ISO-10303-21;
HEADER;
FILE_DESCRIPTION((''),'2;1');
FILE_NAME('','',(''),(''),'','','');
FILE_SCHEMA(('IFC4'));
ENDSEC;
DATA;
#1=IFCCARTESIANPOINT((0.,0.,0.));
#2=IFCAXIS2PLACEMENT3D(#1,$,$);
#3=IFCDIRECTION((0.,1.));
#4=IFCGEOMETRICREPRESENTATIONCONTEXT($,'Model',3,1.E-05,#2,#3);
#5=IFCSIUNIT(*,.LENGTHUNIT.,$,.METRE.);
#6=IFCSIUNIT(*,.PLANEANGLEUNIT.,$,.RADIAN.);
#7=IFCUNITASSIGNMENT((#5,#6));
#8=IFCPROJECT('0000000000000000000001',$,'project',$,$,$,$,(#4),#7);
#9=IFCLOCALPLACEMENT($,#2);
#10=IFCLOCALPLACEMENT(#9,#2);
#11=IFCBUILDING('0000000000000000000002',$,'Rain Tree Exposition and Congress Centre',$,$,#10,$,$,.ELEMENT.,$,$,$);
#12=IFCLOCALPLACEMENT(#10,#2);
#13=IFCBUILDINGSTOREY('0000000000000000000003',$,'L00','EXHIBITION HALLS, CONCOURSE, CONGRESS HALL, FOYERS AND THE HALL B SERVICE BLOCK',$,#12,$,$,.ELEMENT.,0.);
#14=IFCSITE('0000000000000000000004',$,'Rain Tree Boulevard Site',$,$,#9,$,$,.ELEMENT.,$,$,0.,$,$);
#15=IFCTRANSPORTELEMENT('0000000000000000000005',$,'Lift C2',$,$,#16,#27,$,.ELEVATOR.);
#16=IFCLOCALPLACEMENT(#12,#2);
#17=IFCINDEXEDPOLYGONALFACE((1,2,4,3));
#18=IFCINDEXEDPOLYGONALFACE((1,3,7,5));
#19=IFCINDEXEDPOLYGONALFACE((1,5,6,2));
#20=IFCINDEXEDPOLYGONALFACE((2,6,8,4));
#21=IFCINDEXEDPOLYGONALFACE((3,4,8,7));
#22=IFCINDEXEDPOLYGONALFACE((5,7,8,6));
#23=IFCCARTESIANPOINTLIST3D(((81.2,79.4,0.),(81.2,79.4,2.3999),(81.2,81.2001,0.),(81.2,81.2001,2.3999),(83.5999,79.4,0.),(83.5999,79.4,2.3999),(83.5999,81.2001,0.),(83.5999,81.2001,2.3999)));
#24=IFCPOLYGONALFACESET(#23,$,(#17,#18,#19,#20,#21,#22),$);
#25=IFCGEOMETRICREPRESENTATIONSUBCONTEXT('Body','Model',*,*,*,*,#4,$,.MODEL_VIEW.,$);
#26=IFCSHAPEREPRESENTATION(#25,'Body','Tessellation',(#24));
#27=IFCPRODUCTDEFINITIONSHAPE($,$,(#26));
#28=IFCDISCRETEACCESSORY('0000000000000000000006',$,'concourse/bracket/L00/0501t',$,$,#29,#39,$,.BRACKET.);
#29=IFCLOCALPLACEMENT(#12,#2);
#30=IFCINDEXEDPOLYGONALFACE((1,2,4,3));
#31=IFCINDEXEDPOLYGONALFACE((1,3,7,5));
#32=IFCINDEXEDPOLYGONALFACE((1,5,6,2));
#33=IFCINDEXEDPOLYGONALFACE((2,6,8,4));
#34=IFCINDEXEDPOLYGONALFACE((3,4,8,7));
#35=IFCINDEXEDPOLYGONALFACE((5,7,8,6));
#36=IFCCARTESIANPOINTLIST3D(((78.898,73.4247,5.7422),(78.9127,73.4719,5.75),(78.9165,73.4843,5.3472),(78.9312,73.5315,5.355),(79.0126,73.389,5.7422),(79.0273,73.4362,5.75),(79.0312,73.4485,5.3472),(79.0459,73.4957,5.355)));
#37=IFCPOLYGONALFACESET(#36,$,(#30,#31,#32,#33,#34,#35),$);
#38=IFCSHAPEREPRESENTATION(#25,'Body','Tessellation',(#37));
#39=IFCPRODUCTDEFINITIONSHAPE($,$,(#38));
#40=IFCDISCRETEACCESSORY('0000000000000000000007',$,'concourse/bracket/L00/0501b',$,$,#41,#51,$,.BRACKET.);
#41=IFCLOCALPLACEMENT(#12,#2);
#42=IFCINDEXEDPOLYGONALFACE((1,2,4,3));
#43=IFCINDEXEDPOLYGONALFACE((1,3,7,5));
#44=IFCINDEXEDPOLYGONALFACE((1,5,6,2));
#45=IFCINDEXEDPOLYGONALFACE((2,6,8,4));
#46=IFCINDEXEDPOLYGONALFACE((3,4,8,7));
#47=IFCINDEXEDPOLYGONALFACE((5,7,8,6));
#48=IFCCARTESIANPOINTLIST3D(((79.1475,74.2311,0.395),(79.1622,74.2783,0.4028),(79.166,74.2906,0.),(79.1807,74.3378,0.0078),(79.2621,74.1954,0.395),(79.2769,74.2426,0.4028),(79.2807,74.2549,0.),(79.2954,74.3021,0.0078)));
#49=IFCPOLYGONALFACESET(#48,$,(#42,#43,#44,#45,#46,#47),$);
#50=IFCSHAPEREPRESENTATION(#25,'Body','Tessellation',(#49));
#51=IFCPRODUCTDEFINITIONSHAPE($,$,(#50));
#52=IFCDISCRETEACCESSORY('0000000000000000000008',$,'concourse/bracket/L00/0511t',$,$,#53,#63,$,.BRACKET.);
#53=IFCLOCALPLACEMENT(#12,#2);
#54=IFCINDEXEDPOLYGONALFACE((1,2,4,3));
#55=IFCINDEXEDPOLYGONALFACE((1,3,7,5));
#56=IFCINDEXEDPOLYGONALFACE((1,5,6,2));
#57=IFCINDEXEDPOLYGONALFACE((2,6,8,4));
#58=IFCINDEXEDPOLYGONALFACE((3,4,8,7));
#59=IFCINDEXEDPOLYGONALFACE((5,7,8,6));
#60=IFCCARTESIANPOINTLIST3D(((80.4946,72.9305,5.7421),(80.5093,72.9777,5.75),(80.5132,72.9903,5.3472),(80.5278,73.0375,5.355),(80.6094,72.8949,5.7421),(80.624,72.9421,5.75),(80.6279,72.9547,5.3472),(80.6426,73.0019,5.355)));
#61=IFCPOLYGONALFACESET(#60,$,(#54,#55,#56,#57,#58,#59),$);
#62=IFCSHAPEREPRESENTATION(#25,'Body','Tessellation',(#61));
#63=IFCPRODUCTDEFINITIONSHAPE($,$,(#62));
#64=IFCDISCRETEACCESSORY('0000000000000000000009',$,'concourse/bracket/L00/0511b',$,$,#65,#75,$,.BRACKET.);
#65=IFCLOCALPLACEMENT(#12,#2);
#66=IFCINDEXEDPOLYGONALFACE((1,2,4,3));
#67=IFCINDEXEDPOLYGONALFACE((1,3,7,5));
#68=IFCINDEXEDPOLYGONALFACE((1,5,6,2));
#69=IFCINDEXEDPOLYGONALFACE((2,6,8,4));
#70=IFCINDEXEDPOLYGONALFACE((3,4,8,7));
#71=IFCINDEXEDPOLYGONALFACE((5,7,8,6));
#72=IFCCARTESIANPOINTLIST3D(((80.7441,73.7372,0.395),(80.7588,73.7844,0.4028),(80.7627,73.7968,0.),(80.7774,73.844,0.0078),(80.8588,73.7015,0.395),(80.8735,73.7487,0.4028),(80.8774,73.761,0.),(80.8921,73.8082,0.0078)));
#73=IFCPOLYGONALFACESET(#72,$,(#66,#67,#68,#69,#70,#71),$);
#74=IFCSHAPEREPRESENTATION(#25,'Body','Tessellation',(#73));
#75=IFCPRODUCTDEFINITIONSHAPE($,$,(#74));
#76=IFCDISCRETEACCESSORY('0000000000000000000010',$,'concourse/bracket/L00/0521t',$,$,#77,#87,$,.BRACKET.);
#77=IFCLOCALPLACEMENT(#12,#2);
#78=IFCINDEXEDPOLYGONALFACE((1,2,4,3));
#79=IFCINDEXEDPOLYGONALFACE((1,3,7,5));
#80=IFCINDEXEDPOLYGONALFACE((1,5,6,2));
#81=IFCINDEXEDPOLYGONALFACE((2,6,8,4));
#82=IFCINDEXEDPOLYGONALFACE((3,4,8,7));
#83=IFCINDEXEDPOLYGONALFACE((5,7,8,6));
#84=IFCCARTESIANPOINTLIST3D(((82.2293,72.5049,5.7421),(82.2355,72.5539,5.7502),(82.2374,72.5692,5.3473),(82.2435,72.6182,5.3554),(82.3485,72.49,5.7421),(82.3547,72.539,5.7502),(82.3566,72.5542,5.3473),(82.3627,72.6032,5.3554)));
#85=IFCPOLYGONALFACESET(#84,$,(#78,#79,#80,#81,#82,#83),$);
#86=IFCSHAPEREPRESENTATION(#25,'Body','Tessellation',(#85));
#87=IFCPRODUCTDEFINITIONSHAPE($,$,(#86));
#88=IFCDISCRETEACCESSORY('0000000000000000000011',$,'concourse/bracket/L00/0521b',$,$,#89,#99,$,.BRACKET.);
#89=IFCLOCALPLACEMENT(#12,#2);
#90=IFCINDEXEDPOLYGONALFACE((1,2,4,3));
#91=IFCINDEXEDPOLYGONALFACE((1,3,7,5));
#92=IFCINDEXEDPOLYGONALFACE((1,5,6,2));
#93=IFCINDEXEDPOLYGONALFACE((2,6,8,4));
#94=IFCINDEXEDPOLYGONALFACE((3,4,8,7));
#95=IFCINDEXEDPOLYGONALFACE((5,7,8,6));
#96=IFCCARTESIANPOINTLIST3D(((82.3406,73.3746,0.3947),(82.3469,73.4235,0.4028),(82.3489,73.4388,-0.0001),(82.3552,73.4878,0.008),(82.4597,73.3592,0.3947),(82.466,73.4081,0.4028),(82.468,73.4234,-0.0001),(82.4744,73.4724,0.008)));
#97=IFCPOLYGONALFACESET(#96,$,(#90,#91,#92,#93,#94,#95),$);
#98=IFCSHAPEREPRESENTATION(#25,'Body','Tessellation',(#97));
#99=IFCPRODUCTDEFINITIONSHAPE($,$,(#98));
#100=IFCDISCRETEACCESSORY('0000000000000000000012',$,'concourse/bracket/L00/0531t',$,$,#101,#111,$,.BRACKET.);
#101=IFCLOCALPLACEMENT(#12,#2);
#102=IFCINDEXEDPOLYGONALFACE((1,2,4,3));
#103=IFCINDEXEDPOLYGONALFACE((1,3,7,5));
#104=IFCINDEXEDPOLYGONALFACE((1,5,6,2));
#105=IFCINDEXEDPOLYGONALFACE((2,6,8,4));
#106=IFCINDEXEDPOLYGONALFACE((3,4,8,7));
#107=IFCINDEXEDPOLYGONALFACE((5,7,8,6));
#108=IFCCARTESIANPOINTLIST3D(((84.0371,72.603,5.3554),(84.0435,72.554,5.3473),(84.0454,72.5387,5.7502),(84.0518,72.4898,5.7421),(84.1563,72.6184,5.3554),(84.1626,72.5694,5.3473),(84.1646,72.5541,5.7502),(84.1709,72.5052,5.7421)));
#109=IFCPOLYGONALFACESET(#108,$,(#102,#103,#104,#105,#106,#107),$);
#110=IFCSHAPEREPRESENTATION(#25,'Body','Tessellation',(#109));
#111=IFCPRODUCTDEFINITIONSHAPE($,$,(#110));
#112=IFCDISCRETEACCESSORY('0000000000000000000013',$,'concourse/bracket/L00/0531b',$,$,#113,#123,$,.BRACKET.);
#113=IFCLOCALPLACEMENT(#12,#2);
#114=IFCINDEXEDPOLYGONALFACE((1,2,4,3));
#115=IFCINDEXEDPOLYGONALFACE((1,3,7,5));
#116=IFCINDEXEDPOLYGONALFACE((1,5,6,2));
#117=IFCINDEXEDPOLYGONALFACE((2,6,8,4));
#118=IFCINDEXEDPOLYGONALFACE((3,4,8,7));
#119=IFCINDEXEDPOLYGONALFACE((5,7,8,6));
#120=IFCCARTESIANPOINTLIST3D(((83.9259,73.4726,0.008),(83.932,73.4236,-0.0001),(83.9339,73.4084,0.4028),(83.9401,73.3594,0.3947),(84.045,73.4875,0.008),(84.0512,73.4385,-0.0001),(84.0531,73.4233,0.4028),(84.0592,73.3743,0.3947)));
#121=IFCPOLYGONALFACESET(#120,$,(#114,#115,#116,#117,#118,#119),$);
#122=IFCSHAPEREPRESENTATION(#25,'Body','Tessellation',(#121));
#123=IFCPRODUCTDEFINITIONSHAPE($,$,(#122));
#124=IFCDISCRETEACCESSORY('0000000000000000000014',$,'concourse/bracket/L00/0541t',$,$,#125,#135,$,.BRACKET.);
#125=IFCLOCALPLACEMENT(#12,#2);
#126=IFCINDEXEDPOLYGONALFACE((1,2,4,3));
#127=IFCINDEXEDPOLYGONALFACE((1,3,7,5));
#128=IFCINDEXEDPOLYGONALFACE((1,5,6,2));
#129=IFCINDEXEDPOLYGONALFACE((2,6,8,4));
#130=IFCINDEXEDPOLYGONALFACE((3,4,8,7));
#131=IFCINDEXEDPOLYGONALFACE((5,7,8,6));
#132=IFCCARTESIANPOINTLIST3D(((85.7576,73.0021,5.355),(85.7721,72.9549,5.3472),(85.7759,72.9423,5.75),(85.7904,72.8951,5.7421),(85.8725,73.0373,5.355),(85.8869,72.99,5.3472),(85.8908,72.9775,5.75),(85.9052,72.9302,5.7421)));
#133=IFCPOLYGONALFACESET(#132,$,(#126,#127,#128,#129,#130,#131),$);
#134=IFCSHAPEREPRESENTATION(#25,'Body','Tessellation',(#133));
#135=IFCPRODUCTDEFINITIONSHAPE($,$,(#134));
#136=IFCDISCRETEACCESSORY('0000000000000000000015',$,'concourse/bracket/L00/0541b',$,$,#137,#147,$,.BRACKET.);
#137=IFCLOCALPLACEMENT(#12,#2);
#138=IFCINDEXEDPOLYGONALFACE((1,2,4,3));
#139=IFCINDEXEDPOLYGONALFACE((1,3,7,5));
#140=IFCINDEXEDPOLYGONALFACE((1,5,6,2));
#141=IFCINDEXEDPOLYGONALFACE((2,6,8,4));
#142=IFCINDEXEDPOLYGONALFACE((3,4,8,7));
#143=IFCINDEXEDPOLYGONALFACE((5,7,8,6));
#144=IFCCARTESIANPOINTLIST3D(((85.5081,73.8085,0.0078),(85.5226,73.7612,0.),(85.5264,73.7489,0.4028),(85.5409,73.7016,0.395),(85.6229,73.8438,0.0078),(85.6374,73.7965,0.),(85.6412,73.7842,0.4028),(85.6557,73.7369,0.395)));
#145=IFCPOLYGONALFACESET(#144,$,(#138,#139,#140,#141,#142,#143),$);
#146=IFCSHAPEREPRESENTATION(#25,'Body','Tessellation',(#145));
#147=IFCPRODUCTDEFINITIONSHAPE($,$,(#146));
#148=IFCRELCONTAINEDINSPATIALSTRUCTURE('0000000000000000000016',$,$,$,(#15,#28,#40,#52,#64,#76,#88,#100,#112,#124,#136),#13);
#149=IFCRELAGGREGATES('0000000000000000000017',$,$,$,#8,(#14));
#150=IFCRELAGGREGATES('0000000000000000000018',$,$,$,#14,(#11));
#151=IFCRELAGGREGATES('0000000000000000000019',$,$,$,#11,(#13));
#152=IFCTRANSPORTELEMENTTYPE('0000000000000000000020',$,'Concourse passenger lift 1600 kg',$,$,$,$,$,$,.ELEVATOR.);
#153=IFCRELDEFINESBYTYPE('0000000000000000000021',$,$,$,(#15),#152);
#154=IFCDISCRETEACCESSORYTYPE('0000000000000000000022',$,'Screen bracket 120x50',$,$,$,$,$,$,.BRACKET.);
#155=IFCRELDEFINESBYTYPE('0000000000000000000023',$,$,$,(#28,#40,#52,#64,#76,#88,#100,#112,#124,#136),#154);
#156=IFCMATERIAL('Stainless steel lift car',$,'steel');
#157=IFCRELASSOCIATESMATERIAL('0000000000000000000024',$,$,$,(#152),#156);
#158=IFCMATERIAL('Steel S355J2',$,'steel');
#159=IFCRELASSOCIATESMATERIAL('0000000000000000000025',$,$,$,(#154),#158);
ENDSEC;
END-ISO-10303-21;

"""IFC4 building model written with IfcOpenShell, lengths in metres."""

from ifc_helpers import new_model, si_unit, direction, frame, origin, origin_2d, place, context, subcontext, project, spatial, rectangle, extrude, material, material_profile, profile_set, type_object, element, save


model = new_model("IFC4")

# Units and contexts
model_context = context("Model", 3, precision=1e-05, world=origin(), true_north=direction((0.0, 1.0)))
body_context = subcontext(model_context, "Body", "Model", "MODEL_VIEW")
ifc_project = project(units=[si_unit("LENGTHUNIT", "METRE"), si_unit("PLANEANGLEUNIT", "RADIAN")], contexts=[model_context])

# Site, building, storey
site_placement = place(None, origin())
site = spatial("IfcSite", under=ifc_project, at=site_placement, Name="Rain Tree Boulevard Site", CompositionType="ELEMENT", RefElevation=0.0)
building_placement = place(site_placement, origin())
building = spatial("IfcBuilding", under=site, at=building_placement, Name="Rain Tree Exposition and Congress Centre", CompositionType="ELEMENT")
storey_placement = place(building_placement, origin())
storey = spatial("IfcBuildingStorey", under=building, at=storey_placement, Name="L00", Description="EXHIBITION HALLS, CONCOURSE, CONGRESS HALL, FOYERS AND THE HALL B SERVICE BLOCK", CompositionType="ELEMENT", Elevation=0.0)

# Transport element
ifc_material_1 = material(Name="Stainless steel lift car", Category="steel")
transport_element_type = type_object("IfcTransportElementType", Name="Concourse passenger lift 1600 kg", PredefinedType="ELEVATOR", material=ifc_material_1)
transport_element_placement = place(storey_placement, frame((82.3999, 80.3, 0.0), z_axis=(0.0, 0.0, 1.0), x_axis=(1.0, 0.0, 0.0)))
element("IfcTransportElement", 1, at=transport_element_placement, inside=storey, type_object=transport_element_type, Name="Lift C2", PredefinedType="ELEVATOR", context=body_context, shape_type="SweptSolid", body=[
    extrude(rectangle(XDim=2.3999, YDim=1.8, at=origin_2d()), origin(), (0.0, 0.0, 1.0), 2.3999),
])

# Discrete accessories
ifc_material_2 = material(Name="Steel S355J2", Category="steel")
ifc_material_profile_1 = material_profile(ifc_material_2, rectangle(XDim=0.1201, YDim=0.05, at=origin_2d()), Name="Flat bar 120x50")
ifc_profile_set_1 = profile_set([ifc_material_profile_1], Name="Steel S355J2")
discrete_accessory_type = type_object("IfcDiscreteAccessoryType", Name="Screen bracket 120x50", PredefinedType="BRACKET", material=ifc_profile_set_1)
for number, where, z_axis, x_axis, name in (
    (2, (78.9812, 73.49, 5.3511), (-0.046396, -0.148957, 0.987755), (0.954758, -0.297384, 0.0), "concourse/bracket/L00/0501t"),
    (3, (79.2307, 74.2964, 0.0039), (-0.046396, -0.148957, 0.987755), (0.954758, -0.297384, 0.0), "concourse/bracket/L00/0501b"),
    (4, (80.5779, 72.9961, 5.3511), (-0.046392, -0.149554, 0.987665), (0.955102, -0.296277, 0.0), "concourse/bracket/L00/0511t"),
    (5, (80.8274, 73.8025, 0.0039), (-0.046396, -0.148957, 0.987755), (0.954758, -0.297384, 0.0), "concourse/bracket/L00/0511b"),
):
    element("IfcDiscreteAccessory", number, at=place(storey_placement, frame(where, z_axis=z_axis, x_axis=x_axis)), inside=storey, type_object=discrete_accessory_type, Name=name, PredefinedType="BRACKET", context=body_context, shape_type="SweptSolid", body=[
        extrude(rectangle(XDim=0.1201, YDim=0.05, at=origin_2d()), origin(), (0.0, 0.0, 1.0), 0.3999),
    ])
for number, where, z_axis, x_axis, name in (
    (6, (82.3, 72.5862, 5.3513), (-0.020139, -0.160505, 0.98683), (0.99222, -0.124499, 0.0), "concourse/bracket/L00/0521t"),
    (7, (82.4116, 73.4556, 0.0039), (-0.020749, -0.160503, 0.986817), (0.991747, -0.128211, 0.0), "concourse/bracket/L00/0521b"),
    (8, (84.0999, 72.5862, 5.3513), (0.020749, -0.160503, 0.986817), (0.991747, 0.128211, 0.0), "concourse/bracket/L00/0531t"),
    (9, (83.9885, 73.4556, 0.0039), (0.020139, -0.160505, 0.98683), (0.99222, 0.124499, 0.0), "concourse/bracket/L00/0531b"),
):
    element("IfcDiscreteAccessory", number, at=place(storey_placement, frame(where, z_axis=z_axis, x_axis=x_axis)), inside=storey, type_object=discrete_accessory_type, Name=name, PredefinedType="BRACKET", context=body_context, shape_type="SweptSolid", body=[
        extrude(rectangle(XDim=0.1201, YDim=0.05, at=origin_2d()), origin(), (0.0, 0.0, 1.0), 0.4001),
    ])
for number, where, z_axis, x_axis, name in (
    (10, (85.8223, 72.9961, 5.3511), (0.045783, -0.149558, 0.987692), (0.9562, 0.292714, 0.0), "concourse/bracket/L00/0541t"),
    (11, (85.5728, 73.8025, 0.0039), (0.045787, -0.148961, 0.987782), (0.955864, 0.293811, 0.0), "concourse/bracket/L00/0541b"),
):
    element("IfcDiscreteAccessory", number, at=place(storey_placement, frame(where, z_axis=z_axis, x_axis=x_axis)), inside=storey, type_object=discrete_accessory_type, Name=name, PredefinedType="BRACKET", context=body_context, shape_type="SweptSolid", body=[
        extrude(rectangle(XDim=0.1201, YDim=0.05, at=origin_2d()), origin(), (0.0, 0.0, 1.0), 0.3999),
    ])

save(model, "model.ifc")
